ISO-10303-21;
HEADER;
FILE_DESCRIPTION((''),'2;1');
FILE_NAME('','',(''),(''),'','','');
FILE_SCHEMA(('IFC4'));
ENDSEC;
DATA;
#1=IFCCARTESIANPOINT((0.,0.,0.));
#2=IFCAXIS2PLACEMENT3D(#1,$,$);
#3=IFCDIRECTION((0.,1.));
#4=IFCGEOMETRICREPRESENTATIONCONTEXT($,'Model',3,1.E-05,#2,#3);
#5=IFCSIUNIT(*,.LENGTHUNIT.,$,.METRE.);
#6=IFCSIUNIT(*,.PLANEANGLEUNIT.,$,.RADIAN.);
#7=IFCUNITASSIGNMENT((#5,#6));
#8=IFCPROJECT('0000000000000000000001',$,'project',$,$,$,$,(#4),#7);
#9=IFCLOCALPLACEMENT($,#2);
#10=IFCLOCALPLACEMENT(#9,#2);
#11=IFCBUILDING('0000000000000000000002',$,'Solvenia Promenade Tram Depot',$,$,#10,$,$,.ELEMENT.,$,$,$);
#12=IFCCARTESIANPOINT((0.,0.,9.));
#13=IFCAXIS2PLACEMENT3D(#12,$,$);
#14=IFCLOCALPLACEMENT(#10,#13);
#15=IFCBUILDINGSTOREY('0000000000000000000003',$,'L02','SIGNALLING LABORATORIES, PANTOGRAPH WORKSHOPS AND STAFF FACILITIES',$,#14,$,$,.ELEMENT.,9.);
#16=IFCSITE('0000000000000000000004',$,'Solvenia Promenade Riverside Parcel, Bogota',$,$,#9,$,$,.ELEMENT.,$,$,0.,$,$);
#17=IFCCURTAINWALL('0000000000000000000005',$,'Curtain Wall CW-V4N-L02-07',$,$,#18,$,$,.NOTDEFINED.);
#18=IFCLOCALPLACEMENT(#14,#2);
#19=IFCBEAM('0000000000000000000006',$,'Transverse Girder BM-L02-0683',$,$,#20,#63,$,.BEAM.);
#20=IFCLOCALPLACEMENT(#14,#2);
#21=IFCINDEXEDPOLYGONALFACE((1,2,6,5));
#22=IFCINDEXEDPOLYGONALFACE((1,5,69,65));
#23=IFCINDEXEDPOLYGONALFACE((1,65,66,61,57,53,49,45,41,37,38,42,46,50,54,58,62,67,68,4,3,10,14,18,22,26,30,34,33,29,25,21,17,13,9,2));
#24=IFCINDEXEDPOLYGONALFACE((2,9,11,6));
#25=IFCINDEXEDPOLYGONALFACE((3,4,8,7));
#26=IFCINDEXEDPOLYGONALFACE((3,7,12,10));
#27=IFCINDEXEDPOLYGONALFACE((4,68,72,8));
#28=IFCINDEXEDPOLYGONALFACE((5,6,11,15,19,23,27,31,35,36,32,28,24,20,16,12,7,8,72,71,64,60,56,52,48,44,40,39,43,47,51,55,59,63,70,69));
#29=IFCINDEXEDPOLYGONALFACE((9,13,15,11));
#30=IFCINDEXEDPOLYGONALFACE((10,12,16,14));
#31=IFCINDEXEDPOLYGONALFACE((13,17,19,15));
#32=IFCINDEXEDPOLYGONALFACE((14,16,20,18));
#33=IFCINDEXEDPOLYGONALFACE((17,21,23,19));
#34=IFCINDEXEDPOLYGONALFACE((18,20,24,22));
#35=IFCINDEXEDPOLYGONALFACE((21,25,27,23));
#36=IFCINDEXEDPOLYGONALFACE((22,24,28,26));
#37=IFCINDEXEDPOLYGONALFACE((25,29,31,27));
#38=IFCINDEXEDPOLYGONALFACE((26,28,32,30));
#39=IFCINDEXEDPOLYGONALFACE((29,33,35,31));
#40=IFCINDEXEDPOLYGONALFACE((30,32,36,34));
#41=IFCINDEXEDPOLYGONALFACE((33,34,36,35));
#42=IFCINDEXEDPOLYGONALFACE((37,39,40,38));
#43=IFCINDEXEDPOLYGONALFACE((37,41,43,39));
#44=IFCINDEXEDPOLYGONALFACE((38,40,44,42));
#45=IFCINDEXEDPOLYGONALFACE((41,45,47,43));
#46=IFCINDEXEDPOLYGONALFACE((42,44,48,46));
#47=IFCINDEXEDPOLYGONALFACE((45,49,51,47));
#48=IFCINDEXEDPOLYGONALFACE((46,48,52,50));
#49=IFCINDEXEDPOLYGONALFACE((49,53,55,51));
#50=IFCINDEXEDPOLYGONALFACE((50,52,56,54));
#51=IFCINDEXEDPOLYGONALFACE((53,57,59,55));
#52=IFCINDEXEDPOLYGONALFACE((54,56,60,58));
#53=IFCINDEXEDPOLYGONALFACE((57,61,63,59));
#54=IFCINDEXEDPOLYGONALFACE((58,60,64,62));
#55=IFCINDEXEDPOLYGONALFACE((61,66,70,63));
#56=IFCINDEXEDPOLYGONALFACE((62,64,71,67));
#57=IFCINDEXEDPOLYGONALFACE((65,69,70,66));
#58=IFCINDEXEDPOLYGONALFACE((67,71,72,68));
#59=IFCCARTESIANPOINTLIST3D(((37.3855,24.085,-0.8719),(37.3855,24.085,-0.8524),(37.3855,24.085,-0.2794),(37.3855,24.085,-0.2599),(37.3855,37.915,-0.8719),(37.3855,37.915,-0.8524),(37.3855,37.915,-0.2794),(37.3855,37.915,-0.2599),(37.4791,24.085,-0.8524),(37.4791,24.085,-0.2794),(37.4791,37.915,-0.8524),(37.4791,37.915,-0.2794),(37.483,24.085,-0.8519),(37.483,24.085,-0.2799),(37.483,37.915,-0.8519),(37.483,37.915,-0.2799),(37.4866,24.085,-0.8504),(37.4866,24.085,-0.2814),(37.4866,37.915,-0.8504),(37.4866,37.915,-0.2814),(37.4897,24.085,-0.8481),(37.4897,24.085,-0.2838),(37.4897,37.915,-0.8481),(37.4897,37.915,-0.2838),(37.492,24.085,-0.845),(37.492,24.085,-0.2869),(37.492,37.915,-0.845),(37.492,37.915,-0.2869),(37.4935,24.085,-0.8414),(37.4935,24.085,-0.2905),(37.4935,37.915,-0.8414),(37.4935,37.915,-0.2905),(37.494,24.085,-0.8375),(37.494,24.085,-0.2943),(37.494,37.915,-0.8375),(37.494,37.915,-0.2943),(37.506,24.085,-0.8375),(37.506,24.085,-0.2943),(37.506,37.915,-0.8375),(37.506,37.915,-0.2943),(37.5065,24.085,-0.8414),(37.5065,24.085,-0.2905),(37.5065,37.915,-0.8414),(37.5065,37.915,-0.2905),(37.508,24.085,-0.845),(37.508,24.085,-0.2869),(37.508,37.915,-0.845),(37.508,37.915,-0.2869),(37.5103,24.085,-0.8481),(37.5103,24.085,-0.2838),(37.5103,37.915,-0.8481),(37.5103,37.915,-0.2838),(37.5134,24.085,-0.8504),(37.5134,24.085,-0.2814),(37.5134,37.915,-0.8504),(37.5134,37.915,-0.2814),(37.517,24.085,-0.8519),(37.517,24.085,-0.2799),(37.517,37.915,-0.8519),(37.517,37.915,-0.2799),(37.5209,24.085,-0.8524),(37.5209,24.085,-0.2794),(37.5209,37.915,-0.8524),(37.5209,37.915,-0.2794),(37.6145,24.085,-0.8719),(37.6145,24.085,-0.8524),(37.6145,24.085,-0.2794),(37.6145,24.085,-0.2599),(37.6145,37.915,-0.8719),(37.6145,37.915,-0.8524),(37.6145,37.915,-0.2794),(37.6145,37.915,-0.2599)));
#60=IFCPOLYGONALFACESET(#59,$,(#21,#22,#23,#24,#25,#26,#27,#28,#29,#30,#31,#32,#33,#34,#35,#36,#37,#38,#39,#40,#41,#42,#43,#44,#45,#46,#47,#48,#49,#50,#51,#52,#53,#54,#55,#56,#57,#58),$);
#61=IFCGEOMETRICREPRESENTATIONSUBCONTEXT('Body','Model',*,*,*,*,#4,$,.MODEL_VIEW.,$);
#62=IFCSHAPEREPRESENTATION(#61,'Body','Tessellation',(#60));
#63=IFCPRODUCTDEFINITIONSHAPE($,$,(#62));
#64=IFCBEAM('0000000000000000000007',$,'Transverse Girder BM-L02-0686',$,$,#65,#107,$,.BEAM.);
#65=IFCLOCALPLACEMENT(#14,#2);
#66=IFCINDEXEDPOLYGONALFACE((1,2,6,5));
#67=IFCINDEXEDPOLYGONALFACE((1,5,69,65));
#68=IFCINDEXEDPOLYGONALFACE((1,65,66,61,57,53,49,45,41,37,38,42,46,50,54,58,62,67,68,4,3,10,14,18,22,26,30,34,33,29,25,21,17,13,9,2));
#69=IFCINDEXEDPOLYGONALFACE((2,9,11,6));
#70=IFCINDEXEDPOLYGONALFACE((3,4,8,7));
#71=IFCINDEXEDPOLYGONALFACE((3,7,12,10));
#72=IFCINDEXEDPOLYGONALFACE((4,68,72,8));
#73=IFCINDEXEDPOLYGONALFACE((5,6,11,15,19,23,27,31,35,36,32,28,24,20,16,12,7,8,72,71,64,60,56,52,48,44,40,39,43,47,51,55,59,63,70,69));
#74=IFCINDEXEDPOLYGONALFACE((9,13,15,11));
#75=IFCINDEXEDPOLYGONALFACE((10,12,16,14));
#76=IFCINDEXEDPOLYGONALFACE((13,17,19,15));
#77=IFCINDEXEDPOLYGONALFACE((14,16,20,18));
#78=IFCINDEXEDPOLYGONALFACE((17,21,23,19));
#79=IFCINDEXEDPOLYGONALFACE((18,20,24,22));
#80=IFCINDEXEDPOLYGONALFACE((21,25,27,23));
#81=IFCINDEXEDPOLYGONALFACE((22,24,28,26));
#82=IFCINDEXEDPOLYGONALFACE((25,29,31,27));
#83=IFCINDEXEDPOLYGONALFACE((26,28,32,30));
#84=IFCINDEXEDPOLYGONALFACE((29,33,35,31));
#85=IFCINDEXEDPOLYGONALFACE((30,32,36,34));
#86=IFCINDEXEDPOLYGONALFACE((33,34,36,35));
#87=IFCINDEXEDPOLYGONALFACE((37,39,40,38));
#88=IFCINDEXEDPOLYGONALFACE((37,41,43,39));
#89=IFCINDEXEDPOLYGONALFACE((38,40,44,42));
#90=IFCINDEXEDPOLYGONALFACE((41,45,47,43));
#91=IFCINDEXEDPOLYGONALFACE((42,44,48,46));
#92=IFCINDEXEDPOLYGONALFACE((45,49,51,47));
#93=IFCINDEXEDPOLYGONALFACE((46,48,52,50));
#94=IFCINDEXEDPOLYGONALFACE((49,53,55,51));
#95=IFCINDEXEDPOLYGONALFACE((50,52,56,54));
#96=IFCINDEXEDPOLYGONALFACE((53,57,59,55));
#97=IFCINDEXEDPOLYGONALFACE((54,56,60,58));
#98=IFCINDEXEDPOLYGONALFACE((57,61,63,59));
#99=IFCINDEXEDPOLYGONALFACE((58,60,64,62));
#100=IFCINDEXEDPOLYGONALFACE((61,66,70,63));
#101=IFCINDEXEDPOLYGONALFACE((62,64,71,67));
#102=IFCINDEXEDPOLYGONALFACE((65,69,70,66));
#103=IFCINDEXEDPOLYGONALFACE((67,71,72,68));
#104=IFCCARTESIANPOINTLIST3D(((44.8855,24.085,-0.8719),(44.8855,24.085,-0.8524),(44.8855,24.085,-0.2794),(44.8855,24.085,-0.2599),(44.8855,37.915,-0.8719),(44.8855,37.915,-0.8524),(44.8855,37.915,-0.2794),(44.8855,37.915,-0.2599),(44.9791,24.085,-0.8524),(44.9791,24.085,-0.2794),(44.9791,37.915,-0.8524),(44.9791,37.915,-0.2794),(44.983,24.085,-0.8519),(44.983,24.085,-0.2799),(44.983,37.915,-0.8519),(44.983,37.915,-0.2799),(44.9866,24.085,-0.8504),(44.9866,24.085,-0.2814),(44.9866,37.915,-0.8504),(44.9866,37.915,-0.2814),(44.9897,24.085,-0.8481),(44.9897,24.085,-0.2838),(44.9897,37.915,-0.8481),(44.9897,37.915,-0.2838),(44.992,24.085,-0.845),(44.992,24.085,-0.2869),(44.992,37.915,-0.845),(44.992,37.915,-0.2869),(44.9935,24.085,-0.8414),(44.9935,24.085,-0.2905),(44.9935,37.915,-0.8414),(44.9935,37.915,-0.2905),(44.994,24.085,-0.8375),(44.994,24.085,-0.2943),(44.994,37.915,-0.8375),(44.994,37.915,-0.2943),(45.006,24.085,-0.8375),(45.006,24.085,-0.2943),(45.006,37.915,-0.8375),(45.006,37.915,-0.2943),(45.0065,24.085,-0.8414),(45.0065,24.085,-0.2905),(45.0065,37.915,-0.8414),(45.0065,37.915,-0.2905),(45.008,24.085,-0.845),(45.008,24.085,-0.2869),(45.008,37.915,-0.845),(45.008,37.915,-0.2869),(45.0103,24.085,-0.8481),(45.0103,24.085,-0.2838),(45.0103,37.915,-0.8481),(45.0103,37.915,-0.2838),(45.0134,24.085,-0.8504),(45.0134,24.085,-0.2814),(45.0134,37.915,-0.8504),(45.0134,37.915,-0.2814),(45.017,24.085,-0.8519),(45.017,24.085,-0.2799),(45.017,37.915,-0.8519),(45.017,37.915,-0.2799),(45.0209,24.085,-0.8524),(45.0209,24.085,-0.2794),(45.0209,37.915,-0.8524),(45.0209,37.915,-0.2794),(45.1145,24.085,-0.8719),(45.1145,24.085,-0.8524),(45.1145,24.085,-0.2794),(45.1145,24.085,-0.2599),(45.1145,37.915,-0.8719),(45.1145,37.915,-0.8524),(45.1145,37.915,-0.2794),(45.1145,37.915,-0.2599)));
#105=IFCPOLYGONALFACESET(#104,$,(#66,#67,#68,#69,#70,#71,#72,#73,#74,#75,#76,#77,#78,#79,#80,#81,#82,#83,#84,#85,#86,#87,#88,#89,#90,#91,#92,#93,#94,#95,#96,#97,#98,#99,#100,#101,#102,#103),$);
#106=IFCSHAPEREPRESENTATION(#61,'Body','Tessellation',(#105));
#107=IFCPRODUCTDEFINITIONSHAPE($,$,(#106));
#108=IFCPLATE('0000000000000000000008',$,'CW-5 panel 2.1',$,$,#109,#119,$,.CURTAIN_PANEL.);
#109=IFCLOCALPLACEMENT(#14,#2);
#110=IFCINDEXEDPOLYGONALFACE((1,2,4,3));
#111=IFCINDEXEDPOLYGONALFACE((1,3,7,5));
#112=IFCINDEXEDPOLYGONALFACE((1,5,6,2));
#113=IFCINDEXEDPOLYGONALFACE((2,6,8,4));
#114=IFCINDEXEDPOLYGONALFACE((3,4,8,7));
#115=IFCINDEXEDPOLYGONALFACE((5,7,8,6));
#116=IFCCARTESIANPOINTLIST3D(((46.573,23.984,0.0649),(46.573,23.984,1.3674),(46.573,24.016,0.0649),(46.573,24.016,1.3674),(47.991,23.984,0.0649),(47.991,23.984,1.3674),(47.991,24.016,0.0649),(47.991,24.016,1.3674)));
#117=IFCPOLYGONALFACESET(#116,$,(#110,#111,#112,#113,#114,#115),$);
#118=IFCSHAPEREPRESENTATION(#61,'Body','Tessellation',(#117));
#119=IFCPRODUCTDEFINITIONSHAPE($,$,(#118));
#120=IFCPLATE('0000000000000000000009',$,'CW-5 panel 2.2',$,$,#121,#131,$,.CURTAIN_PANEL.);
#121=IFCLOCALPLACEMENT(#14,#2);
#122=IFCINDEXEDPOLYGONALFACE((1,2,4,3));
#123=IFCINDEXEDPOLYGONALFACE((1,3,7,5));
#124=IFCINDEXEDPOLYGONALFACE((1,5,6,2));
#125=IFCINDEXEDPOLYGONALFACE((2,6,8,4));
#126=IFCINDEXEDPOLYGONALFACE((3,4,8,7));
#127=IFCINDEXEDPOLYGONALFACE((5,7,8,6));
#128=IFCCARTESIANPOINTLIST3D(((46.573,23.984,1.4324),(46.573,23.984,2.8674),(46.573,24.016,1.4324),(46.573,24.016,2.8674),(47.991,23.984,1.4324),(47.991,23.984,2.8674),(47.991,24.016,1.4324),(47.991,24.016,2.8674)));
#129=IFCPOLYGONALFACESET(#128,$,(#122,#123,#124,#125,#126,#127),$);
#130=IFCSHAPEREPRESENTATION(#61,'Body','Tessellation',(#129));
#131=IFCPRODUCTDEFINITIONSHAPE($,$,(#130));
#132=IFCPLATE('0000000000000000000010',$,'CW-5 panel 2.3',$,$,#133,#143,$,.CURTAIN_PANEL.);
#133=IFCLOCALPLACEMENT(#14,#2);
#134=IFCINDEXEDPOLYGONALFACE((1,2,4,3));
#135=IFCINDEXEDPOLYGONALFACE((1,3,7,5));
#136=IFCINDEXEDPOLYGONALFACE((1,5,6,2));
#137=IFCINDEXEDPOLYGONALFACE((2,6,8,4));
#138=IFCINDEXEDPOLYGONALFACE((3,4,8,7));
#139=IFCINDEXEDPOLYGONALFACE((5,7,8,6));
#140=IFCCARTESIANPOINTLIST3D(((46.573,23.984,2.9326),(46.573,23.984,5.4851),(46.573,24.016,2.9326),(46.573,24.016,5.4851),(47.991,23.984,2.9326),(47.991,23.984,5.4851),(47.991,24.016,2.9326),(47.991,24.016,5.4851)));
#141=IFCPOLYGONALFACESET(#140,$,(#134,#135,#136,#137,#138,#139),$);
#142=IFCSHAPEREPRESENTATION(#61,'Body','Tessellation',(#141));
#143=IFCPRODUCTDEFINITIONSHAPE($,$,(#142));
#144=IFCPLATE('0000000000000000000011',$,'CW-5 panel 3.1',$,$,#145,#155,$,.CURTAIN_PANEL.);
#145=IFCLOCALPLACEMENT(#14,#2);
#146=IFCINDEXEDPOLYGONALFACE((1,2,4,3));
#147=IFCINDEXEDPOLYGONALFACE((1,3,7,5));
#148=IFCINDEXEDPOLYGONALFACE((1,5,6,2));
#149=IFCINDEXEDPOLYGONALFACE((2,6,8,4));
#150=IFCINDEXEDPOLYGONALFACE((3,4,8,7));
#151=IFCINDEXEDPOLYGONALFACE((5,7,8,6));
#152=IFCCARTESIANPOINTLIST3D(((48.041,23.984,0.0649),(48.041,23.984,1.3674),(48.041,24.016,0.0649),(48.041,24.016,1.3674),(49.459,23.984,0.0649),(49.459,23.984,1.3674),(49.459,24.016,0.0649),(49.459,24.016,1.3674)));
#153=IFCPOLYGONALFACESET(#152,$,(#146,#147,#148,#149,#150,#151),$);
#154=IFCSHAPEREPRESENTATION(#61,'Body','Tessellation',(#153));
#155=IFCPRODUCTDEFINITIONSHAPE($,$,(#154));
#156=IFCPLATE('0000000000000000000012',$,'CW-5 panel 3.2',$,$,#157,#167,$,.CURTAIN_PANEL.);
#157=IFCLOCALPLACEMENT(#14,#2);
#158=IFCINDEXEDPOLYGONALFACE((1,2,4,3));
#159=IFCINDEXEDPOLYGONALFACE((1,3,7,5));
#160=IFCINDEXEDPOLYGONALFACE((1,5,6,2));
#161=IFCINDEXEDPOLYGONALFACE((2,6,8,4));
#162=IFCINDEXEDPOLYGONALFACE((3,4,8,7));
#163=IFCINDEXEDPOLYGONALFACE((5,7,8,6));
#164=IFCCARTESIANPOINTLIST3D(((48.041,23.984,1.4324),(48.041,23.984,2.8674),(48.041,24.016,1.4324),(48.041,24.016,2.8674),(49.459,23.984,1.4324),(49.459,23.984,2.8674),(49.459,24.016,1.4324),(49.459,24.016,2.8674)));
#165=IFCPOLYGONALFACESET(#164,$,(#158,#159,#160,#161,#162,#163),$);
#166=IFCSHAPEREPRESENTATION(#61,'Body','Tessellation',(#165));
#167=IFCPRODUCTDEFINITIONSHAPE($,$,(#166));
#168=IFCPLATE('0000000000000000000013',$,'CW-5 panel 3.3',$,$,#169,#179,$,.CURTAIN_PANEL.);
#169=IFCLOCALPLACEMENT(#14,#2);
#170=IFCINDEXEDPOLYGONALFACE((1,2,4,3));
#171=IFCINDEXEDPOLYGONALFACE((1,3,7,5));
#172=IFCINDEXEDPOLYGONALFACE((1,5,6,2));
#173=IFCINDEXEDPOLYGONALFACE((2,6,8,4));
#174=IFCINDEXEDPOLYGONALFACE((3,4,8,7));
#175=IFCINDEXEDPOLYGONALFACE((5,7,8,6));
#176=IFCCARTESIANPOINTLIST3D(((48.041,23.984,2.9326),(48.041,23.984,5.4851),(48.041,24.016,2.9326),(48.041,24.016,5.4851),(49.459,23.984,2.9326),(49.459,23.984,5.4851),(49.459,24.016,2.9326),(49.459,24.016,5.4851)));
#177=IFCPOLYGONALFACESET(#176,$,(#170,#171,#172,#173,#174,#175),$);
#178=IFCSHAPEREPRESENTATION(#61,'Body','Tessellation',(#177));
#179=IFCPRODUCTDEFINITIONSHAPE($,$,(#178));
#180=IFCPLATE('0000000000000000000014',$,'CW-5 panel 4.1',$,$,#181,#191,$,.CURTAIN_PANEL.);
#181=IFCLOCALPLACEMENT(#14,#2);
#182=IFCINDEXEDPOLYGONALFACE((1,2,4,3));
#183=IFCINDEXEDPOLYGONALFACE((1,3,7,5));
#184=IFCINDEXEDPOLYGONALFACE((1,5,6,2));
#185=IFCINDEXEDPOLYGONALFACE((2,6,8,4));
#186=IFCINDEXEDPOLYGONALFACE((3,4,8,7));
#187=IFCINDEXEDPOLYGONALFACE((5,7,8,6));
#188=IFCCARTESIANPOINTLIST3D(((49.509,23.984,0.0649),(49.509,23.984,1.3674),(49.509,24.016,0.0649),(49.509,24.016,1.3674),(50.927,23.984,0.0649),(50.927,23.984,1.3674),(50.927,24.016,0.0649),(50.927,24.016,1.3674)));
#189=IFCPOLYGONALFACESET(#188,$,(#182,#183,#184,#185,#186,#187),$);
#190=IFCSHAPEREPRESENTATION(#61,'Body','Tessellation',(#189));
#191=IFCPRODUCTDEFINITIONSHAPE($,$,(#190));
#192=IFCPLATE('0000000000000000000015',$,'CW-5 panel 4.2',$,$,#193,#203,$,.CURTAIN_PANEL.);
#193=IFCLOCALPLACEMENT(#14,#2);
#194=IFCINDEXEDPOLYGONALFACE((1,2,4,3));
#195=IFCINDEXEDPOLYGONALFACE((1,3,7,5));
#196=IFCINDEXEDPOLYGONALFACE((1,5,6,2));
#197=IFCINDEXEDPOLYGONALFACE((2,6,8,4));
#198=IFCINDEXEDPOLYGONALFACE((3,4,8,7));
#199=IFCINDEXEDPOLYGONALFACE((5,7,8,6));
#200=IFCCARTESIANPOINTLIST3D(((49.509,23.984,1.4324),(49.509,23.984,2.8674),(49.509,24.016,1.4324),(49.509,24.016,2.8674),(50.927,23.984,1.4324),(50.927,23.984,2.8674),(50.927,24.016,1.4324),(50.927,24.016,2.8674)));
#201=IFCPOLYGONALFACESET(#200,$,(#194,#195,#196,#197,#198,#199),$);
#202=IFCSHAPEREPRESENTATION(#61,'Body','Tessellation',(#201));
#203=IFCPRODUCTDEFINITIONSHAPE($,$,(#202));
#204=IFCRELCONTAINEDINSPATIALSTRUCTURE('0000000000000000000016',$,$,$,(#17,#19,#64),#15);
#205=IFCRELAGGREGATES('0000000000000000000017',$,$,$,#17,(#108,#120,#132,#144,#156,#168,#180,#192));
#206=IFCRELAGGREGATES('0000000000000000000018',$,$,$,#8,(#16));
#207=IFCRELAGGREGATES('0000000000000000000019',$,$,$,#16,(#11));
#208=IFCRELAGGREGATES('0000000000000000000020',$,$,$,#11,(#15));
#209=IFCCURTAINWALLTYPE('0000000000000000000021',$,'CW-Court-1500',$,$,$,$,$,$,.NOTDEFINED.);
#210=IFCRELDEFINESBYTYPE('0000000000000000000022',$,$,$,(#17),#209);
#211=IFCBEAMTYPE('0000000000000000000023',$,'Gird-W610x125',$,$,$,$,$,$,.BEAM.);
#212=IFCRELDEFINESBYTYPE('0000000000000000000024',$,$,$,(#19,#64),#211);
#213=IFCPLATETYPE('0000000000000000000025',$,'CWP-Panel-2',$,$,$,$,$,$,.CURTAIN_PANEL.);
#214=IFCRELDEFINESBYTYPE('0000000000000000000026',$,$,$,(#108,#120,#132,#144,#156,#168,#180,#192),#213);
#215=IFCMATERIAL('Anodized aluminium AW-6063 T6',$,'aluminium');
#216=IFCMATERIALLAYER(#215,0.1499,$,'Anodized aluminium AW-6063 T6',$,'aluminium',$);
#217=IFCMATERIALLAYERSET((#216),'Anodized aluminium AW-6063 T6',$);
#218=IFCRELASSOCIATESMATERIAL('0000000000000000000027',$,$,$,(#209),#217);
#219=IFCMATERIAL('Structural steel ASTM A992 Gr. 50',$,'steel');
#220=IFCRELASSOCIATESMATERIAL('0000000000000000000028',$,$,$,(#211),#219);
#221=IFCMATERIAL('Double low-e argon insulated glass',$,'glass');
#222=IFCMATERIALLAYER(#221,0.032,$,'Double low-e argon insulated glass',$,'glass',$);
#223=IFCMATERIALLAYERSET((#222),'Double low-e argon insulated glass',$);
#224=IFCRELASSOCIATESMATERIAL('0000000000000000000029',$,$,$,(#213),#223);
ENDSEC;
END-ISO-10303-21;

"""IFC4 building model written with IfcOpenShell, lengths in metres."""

from ifc_helpers import new_model, si_unit, direction, frame, origin, origin_2d, place, context, subcontext, project, spatial, rectangle, i_section, extrude, material, layer, layer_set, material_profile, profile_set, type_object, element, aggregate, save


model = new_model("IFC4")

# Units and contexts
model_context = context("Model", 3, precision=1e-05, world=origin(), true_north=direction((0.0, 1.0)))
body_context = subcontext(model_context, "Body", "Model", "MODEL_VIEW")
ifc_project = project(units=[si_unit("LENGTHUNIT", "METRE"), si_unit("PLANEANGLEUNIT", "RADIAN")], contexts=[model_context])

# Site, building, storey
site_placement = place(None, origin())
site = spatial("IfcSite", under=ifc_project, at=site_placement, Name="Solvenia Promenade Riverside Parcel, Bogota", CompositionType="ELEMENT", RefElevation=0.0)
building_placement = place(site_placement, origin())
building = spatial("IfcBuilding", under=site, at=building_placement, Name="Solvenia Promenade Tram Depot", CompositionType="ELEMENT")
storey_placement = place(building_placement, frame((0.0, 0.0, 9.0)))
storey = spatial("IfcBuildingStorey", under=building, at=storey_placement, Name="L02", Description="SIGNALLING LABORATORIES, PANTOGRAPH WORKSHOPS AND STAFF FACILITIES", CompositionType="ELEMENT", Elevation=9.0)

# Curtain wall
ifc_material_1 = material(Name="Anodized aluminium AW-6063 T6", Category="aluminium")
ifc_layer_1 = layer(ifc_material_1, 0.1499, Name="Anodized aluminium AW-6063 T6", Category="aluminium")
ifc_layer_set_1 = layer_set([ifc_layer_1], Name="Anodized aluminium AW-6063 T6")
curtain_wall_type = type_object("IfcCurtainWallType", Name="CW-Court-1500", PredefinedType="NOTDEFINED", material=ifc_layer_set_1)
curtain_wall_placement = place(storey_placement, origin())
curtain_wall = element("IfcCurtainWall", 1, at=curtain_wall_placement, inside=storey, type_object=curtain_wall_type, Name="Curtain Wall CW-V4N-L02-07", PredefinedType="NOTDEFINED")

# Beams
ifc_material_2 = material(Name="Structural steel ASTM A992 Gr. 50", Category="steel")
ifc_material_profile_1 = material_profile(ifc_material_2, i_section(OverallWidth=0.229, OverallDepth=0.6121, WebThickness=0.012, FlangeThickness=0.0195, FilletRadius=0.0149, at=origin_2d()), Name="W610x125", Category="steel")
ifc_profile_set_1 = profile_set([ifc_material_profile_1], Name="Structural steel ASTM A992 Gr. 50")
beam_type = type_object("IfcBeamType", Name="Gird-W610x125", PredefinedType="BEAM", material=ifc_profile_set_1)
for number, where, z_axis, x_axis, name in (
    (2, (37.5, 24.085, -0.5659), (0.0, 1.0, 0.0), (-1.0, 0.0, 0.0), "Transverse Girder BM-L02-0683"),
    (3, (45.0, 24.085, -0.5659), (0.0, 1.0, 0.0), (-1.0, 0.0, 0.0), "Transverse Girder BM-L02-0686"),
):
    element("IfcBeam", number, at=place(storey_placement, frame(where, z_axis=z_axis, x_axis=x_axis)), inside=storey, type_object=beam_type, Name=name, PredefinedType="BEAM", context=body_context, shape_type="SweptSolid", body=[
        extrude(i_section(OverallWidth=0.229, OverallDepth=0.6121, WebThickness=0.012, FlangeThickness=0.0195, FilletRadius=0.0149, at=origin_2d()), origin(), (0.0, 0.0, 1.0), 13.8301),
    ])

# Plates
ifc_material_3 = material(Name="Double low-e argon insulated glass", Category="glass")
ifc_layer_2 = layer(ifc_material_3, 0.032, Name="Double low-e argon insulated glass", Category="glass")
ifc_layer_set_2 = layer_set([ifc_layer_2], Name="Double low-e argon insulated glass")
plate_type = type_object("IfcPlateType", Name="CWP-Panel-2", PredefinedType="CURTAIN_PANEL", material=ifc_layer_set_2)
plate_1_placement = place(storey_placement, frame((47.282, 24.0, 0.0649), z_axis=(0.0, 0.0, 1.0), x_axis=(1.0, 0.0, 0.0)))
plate_1 = element("IfcPlate", 4, at=plate_1_placement, type_object=plate_type, Name="CW-5 panel 2.1", PredefinedType="CURTAIN_PANEL", context=body_context, shape_type="SweptSolid", body=[
    extrude(rectangle(XDim=1.418, YDim=0.032, at=origin_2d()), origin(), (0.0, 0.0, 1.0), 1.3025),
])
plate_2_placement = place(storey_placement, frame((47.282, 24.0, 1.4324), z_axis=(0.0, 0.0, 1.0), x_axis=(1.0, 0.0, 0.0)))
plate_2 = element("IfcPlate", 5, at=plate_2_placement, type_object=plate_type, Name="CW-5 panel 2.2", PredefinedType="CURTAIN_PANEL", context=body_context, shape_type="SweptSolid", body=[
    extrude(rectangle(XDim=1.418, YDim=0.032, at=origin_2d()), origin(), (0.0, 0.0, 1.0), 1.4351),
])
plate_3_placement = place(storey_placement, frame((47.282, 24.0, 2.9326), z_axis=(0.0, 0.0, 1.0), x_axis=(1.0, 0.0, 0.0)))
plate_3 = element("IfcPlate", 6, at=plate_3_placement, type_object=plate_type, Name="CW-5 panel 2.3", PredefinedType="CURTAIN_PANEL", context=body_context, shape_type="SweptSolid", body=[
    extrude(rectangle(XDim=1.418, YDim=0.032, at=origin_2d()), origin(), (0.0, 0.0, 1.0), 2.5525),
])
plate_4_placement = place(storey_placement, frame((48.75, 24.0, 0.0649), z_axis=(0.0, 0.0, 1.0), x_axis=(1.0, 0.0, 0.0)))
plate_4 = element("IfcPlate", 7, at=plate_4_placement, type_object=plate_type, Name="CW-5 panel 3.1", PredefinedType="CURTAIN_PANEL", context=body_context, shape_type="SweptSolid", body=[
    extrude(rectangle(XDim=1.418, YDim=0.032, at=origin_2d()), origin(), (0.0, 0.0, 1.0), 1.3025),
])
plate_5_placement = place(storey_placement, frame((48.75, 24.0, 1.4324), z_axis=(0.0, 0.0, 1.0), x_axis=(1.0, 0.0, 0.0)))
plate_5 = element("IfcPlate", 8, at=plate_5_placement, type_object=plate_type, Name="CW-5 panel 3.2", PredefinedType="CURTAIN_PANEL", context=body_context, shape_type="SweptSolid", body=[
    extrude(rectangle(XDim=1.418, YDim=0.032, at=origin_2d()), origin(), (0.0, 0.0, 1.0), 1.4351),
])
plate_6_placement = place(storey_placement, frame((48.75, 24.0, 2.9326), z_axis=(0.0, 0.0, 1.0), x_axis=(1.0, 0.0, 0.0)))
plate_6 = element("IfcPlate", 9, at=plate_6_placement, type_object=plate_type, Name="CW-5 panel 3.3", PredefinedType="CURTAIN_PANEL", context=body_context, shape_type="SweptSolid", body=[
    extrude(rectangle(XDim=1.418, YDim=0.032, at=origin_2d()), origin(), (0.0, 0.0, 1.0), 2.5525),
])
plate_7_placement = place(storey_placement, frame((50.218, 24.0, 0.0649), z_axis=(0.0, 0.0, 1.0), x_axis=(1.0, 0.0, 0.0)))
plate_7 = element("IfcPlate", 10, at=plate_7_placement, type_object=plate_type, Name="CW-5 panel 4.1", PredefinedType="CURTAIN_PANEL", context=body_context, shape_type="SweptSolid", body=[
    extrude(rectangle(XDim=1.418, YDim=0.032, at=origin_2d()), origin(), (0.0, 0.0, 1.0), 1.3025),
])
plate_8_placement = place(storey_placement, frame((50.218, 24.0, 1.4324), z_axis=(0.0, 0.0, 1.0), x_axis=(1.0, 0.0, 0.0)))
plate_8 = element("IfcPlate", 11, at=plate_8_placement, type_object=plate_type, Name="CW-5 panel 4.2", PredefinedType="CURTAIN_PANEL", context=body_context, shape_type="SweptSolid", body=[
    extrude(rectangle(XDim=1.418, YDim=0.032, at=origin_2d()), origin(), (0.0, 0.0, 1.0), 1.4351),
])
aggregate(curtain_wall, [plate_1, plate_2, plate_3, plate_4, plate_5, plate_6, plate_7, plate_8])

save(model, "model.ifc")
